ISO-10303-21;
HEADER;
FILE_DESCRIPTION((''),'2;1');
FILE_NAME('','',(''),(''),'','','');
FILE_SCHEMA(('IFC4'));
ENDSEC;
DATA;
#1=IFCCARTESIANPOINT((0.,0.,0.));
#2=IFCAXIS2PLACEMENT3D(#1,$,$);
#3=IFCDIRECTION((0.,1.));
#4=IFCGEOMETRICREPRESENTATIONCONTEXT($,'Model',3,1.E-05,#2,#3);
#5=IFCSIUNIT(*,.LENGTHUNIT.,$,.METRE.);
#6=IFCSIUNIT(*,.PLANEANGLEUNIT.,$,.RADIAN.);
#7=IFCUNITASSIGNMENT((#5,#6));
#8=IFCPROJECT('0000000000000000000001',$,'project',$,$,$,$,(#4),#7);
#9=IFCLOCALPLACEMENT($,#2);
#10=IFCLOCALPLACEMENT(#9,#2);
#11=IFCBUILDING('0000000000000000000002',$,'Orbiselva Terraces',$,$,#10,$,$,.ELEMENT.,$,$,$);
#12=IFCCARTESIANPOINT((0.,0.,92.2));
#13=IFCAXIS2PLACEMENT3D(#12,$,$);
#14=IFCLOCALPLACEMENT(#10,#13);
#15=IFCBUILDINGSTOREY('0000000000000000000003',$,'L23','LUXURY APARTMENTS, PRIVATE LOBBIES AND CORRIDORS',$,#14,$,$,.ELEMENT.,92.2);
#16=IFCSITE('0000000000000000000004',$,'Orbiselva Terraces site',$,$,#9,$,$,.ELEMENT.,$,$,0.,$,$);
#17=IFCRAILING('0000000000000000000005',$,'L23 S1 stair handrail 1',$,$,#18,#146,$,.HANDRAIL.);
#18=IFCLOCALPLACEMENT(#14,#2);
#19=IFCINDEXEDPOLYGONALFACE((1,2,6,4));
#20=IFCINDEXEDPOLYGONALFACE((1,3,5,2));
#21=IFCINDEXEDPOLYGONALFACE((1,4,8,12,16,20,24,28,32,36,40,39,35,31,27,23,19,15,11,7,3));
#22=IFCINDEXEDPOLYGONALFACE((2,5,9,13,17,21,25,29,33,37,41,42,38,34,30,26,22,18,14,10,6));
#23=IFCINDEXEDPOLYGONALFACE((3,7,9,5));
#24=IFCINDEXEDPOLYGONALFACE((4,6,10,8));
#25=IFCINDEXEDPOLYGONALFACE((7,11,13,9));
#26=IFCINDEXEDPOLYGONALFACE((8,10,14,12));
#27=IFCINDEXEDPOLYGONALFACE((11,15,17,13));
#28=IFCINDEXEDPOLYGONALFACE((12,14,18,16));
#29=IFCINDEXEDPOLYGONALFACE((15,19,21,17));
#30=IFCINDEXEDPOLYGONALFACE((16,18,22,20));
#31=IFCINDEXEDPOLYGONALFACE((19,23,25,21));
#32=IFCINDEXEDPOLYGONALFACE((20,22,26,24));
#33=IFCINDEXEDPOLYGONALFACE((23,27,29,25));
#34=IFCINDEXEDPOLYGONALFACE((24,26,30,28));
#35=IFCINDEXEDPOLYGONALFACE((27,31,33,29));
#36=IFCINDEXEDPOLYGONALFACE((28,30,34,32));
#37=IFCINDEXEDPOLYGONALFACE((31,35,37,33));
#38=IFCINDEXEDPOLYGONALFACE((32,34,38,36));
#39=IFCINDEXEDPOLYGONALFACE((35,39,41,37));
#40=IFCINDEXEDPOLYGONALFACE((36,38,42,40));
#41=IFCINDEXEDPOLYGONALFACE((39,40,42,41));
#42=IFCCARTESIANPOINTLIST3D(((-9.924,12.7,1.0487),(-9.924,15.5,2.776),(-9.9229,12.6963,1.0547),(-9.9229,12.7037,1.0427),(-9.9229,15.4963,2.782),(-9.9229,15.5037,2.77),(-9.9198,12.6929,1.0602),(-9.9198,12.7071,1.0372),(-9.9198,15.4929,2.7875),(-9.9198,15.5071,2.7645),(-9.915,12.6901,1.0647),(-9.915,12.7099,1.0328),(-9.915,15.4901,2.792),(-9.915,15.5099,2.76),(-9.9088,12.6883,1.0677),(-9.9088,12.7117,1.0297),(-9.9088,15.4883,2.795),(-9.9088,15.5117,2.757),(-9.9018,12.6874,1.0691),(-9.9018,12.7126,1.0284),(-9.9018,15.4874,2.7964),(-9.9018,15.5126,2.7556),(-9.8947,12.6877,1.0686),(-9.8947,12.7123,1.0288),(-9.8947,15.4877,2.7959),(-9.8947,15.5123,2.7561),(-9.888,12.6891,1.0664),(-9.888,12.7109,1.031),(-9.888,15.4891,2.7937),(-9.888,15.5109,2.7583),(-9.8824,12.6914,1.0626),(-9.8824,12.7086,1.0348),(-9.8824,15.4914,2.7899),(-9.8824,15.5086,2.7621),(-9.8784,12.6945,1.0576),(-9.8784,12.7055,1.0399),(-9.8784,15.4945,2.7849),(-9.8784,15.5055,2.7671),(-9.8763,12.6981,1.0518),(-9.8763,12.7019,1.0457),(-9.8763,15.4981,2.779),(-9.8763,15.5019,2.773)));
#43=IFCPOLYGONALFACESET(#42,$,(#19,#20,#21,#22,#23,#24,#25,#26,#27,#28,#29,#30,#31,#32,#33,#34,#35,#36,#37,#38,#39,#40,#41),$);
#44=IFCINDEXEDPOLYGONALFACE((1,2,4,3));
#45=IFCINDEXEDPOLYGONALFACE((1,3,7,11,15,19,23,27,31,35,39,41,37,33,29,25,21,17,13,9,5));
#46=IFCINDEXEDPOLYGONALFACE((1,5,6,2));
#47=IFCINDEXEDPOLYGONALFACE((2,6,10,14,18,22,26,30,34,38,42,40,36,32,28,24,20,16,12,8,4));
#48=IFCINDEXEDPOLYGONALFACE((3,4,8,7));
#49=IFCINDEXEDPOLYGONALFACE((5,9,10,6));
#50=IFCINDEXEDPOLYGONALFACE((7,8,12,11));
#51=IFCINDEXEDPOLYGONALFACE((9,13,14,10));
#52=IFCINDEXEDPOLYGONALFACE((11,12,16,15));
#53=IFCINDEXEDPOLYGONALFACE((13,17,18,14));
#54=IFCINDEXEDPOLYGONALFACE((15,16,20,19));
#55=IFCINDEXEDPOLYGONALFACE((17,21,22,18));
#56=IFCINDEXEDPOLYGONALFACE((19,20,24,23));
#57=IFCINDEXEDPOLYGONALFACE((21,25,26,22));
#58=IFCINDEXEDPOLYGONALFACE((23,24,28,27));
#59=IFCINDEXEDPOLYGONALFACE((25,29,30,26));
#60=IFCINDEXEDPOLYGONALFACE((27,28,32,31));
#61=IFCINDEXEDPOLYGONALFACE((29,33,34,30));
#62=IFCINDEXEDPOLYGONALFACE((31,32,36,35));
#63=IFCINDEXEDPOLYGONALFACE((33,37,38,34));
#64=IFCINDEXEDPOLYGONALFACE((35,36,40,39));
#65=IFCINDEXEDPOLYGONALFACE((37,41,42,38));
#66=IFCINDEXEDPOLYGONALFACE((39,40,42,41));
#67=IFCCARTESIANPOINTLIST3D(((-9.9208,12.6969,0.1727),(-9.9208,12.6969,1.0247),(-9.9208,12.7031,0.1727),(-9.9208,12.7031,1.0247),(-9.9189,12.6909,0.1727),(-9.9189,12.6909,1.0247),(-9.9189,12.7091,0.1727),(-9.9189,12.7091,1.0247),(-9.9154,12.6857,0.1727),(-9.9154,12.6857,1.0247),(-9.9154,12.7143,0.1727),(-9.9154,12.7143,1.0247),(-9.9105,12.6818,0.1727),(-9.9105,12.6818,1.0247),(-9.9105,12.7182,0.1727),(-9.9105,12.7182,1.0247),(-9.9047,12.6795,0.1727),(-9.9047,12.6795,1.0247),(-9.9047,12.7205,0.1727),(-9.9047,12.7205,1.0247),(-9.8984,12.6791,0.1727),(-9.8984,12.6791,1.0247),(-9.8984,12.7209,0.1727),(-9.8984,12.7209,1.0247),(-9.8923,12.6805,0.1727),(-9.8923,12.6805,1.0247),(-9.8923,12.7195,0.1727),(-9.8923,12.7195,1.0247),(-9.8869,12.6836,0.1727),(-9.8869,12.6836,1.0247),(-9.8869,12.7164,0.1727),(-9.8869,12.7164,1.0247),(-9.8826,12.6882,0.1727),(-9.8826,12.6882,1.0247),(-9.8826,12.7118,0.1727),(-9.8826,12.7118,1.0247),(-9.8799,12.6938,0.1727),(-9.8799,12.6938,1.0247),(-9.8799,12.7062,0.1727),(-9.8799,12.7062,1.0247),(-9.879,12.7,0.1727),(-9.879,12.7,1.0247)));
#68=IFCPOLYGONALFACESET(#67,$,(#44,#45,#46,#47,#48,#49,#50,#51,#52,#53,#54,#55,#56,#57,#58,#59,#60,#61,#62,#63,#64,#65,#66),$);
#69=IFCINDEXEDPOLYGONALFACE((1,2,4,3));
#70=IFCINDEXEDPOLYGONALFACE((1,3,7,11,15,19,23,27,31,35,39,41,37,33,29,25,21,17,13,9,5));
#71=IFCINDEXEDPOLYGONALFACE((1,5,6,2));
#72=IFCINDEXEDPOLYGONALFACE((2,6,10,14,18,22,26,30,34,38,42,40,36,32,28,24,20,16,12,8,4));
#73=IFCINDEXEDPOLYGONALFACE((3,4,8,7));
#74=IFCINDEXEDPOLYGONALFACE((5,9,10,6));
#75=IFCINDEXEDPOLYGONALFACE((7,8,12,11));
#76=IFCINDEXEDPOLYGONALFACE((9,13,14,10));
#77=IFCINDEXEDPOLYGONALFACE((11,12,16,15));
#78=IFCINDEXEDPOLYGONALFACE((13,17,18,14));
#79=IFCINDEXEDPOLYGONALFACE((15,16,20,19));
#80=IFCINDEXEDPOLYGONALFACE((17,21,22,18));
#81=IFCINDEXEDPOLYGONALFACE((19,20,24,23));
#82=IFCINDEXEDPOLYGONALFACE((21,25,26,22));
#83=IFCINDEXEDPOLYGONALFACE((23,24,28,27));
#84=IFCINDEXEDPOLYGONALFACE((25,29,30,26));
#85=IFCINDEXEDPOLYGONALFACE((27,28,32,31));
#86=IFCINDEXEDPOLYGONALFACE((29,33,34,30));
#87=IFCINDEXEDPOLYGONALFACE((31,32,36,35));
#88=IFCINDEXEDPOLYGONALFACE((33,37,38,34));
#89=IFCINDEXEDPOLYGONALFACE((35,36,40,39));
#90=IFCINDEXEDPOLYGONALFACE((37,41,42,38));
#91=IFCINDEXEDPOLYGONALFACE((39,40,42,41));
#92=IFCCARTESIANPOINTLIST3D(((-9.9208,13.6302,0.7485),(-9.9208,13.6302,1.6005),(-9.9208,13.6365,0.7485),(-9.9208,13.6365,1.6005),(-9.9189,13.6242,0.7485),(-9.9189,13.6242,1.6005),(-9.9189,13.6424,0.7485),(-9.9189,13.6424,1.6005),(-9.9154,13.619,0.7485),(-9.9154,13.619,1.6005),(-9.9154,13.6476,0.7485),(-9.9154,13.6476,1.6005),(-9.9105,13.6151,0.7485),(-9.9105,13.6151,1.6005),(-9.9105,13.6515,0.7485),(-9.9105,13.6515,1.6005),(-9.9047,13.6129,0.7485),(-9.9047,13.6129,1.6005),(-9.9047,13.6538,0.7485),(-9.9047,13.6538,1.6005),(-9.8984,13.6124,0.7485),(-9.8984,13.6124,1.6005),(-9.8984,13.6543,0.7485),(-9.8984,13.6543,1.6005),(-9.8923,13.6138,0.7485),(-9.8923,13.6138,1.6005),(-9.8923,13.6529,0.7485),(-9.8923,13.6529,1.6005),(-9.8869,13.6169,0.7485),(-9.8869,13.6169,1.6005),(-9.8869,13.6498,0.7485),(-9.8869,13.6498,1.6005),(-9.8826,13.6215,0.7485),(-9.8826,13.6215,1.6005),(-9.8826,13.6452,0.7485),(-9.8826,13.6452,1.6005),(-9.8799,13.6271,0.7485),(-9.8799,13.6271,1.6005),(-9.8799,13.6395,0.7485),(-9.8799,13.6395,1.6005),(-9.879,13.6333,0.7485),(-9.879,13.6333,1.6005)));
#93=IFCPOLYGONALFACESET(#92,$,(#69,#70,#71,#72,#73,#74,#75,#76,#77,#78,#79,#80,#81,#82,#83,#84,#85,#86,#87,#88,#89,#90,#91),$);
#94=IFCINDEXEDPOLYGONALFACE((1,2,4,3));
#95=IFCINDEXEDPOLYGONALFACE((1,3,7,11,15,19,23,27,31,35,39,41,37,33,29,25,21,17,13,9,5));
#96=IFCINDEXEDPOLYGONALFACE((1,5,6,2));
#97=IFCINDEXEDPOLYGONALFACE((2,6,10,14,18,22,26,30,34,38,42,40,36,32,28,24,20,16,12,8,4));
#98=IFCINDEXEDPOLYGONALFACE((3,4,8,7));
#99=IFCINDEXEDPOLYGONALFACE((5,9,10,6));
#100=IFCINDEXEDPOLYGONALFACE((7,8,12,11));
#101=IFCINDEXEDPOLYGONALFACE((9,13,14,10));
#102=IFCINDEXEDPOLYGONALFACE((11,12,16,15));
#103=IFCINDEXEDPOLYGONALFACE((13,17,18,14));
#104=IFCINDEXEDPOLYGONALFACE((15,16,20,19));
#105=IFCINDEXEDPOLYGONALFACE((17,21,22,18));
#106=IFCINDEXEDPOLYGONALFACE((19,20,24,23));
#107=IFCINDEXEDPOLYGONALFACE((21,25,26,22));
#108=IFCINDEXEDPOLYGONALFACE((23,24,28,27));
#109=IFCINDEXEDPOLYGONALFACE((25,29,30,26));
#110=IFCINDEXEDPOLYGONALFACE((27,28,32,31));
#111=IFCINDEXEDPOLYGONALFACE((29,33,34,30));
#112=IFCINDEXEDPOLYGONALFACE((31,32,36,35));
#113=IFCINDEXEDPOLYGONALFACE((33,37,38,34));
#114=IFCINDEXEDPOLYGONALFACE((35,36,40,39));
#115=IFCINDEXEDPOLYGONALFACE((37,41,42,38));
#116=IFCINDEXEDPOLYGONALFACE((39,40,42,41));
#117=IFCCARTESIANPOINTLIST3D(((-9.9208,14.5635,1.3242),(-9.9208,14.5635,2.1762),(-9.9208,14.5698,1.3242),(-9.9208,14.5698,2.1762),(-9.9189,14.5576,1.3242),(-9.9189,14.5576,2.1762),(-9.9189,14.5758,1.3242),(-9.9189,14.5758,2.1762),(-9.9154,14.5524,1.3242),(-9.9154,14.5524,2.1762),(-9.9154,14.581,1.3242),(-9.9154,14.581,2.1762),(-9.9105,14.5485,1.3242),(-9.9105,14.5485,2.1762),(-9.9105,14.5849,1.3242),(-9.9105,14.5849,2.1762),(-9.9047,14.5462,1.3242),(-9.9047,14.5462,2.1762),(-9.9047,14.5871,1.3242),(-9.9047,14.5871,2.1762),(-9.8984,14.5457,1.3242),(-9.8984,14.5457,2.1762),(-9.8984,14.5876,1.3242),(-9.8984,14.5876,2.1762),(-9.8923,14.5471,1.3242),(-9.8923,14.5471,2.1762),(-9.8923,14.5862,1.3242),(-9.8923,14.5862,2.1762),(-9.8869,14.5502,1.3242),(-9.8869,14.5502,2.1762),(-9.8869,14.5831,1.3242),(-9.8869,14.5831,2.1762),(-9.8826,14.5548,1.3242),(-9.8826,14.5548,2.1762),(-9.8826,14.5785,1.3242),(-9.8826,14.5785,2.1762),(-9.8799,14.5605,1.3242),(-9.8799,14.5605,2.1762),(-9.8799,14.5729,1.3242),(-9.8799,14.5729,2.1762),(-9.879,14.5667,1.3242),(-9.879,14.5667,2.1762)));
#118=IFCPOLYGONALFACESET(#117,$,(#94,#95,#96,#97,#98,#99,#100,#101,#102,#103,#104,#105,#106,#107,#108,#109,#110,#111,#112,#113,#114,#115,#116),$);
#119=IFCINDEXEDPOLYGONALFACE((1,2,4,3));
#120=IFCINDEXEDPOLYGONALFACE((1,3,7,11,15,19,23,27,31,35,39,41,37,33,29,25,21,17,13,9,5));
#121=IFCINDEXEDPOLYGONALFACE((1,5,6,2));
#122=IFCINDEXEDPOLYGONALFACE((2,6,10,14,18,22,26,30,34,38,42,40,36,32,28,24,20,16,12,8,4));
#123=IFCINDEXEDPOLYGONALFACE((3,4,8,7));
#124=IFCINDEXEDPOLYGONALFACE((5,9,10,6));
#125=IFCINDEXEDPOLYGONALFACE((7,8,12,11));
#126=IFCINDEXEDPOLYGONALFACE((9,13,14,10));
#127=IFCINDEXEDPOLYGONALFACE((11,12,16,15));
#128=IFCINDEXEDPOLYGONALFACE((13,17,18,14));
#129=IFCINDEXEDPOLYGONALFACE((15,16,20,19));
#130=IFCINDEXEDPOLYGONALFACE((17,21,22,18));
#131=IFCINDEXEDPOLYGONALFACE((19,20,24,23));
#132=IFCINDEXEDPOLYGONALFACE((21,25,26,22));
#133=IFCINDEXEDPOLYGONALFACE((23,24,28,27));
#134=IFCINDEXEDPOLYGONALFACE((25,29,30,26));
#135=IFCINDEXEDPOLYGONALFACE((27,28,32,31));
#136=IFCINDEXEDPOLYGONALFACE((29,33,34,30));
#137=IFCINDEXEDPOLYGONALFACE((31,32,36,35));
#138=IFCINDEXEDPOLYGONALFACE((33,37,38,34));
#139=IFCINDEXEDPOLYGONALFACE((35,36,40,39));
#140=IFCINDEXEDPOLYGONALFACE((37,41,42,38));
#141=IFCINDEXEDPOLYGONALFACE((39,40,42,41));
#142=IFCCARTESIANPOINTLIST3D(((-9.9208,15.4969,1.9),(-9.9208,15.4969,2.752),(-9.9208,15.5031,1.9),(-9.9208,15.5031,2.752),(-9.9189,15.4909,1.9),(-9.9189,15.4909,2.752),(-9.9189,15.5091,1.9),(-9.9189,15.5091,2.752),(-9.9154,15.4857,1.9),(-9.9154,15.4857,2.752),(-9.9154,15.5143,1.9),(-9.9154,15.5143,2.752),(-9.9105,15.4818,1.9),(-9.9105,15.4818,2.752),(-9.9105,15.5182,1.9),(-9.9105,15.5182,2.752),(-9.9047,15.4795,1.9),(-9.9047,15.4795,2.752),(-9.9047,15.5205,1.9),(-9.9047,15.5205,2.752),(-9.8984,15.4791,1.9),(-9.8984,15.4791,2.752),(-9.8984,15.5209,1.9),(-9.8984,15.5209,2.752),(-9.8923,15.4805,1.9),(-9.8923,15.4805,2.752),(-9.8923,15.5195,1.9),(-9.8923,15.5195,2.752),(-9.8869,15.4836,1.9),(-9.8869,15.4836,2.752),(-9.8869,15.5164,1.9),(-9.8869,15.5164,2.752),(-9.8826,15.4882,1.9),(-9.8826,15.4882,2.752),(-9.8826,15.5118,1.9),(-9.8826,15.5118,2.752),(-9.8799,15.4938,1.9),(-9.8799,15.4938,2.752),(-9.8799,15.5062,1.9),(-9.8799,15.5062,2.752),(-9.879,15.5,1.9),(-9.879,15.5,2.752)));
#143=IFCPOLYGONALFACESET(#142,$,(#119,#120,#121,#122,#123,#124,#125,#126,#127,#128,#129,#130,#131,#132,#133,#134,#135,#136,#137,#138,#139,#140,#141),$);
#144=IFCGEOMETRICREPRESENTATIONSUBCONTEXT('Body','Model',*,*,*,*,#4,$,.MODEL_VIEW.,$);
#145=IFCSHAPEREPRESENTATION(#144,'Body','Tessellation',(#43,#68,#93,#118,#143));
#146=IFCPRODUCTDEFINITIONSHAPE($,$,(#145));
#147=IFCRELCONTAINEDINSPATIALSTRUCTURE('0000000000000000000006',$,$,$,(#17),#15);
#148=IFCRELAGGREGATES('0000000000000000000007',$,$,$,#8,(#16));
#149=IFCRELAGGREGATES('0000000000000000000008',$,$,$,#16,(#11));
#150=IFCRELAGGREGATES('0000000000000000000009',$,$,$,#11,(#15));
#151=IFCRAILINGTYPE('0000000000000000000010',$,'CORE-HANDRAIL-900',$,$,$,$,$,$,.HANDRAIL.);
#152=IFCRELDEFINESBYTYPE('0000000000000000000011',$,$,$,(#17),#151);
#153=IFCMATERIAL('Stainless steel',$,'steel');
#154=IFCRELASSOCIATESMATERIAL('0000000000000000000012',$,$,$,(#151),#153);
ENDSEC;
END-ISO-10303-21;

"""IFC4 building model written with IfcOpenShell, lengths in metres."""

from ifc_helpers import new_model, si_unit, direction, frame, origin, origin_2d, place, context, subcontext, project, spatial, circle, extrude, material, type_object, element, save


model = new_model("IFC4")

# Units and contexts
model_context = context("Model", 3, precision=1e-05, world=origin(), true_north=direction((0.0, 1.0)))
body_context = subcontext(model_context, "Body", "Model", "MODEL_VIEW")
ifc_project = project(units=[si_unit("LENGTHUNIT", "METRE"), si_unit("PLANEANGLEUNIT", "RADIAN")], contexts=[model_context])

# Site, building, storey
site_placement = place(None, origin())
site = spatial("IfcSite", under=ifc_project, at=site_placement, Name="Orbiselva Terraces site", CompositionType="ELEMENT", RefElevation=0.0)
building_placement = place(site_placement, origin())
building = spatial("IfcBuilding", under=site, at=building_placement, Name="Orbiselva Terraces", CompositionType="ELEMENT")
storey_placement = place(building_placement, frame((0.0, 0.0, 92.2)))
storey = spatial("IfcBuildingStorey", under=building, at=storey_placement, Name="L23", Description="LUXURY APARTMENTS, PRIVATE LOBBIES AND CORRIDORS", CompositionType="ELEMENT", Elevation=92.2)

# Railing
ifc_material_1 = material(Name="Stainless steel", Category="steel")
railing_type = type_object("IfcRailingType", Name="CORE-HANDRAIL-900", PredefinedType="HANDRAIL", material=ifc_material_1)
railing_placement = place(storey_placement, frame((-9.9, 12.7, 0.1727)))
element("IfcRailing", 1, at=railing_placement, inside=storey, type_object=railing_type, Name="L23 S1 stair handrail 1", PredefinedType="HANDRAIL", context=body_context, shape_type="SweptSolid", body=[
    extrude(circle(Radius=0.024, at=origin_2d()), frame((0.0, 0.0, 0.876), z_axis=(0.0, 0.851089, 0.525022), x_axis=(-1.0, 0.0, 0.0)), (0.0, 0.0, 1.0), 3.2899),
    extrude(circle(Radius=0.021, at=origin_2d()), origin(), (0.0, 0.0, 1.0), 0.852),
    extrude(circle(Radius=0.021, at=origin_2d()), frame((0.0, 0.9333, 0.5758)), (0.0, 0.0, 1.0), 0.852),
    extrude(circle(Radius=0.021, at=origin_2d()), frame((0.0, 1.8667, 1.1515)), (0.0, 0.0, 1.0), 0.852),
    extrude(circle(Radius=0.021, at=origin_2d()), frame((0.0, 2.8, 1.7273)), (0.0, 0.0, 1.0), 0.852),
])

save(model, "model.ifc")
